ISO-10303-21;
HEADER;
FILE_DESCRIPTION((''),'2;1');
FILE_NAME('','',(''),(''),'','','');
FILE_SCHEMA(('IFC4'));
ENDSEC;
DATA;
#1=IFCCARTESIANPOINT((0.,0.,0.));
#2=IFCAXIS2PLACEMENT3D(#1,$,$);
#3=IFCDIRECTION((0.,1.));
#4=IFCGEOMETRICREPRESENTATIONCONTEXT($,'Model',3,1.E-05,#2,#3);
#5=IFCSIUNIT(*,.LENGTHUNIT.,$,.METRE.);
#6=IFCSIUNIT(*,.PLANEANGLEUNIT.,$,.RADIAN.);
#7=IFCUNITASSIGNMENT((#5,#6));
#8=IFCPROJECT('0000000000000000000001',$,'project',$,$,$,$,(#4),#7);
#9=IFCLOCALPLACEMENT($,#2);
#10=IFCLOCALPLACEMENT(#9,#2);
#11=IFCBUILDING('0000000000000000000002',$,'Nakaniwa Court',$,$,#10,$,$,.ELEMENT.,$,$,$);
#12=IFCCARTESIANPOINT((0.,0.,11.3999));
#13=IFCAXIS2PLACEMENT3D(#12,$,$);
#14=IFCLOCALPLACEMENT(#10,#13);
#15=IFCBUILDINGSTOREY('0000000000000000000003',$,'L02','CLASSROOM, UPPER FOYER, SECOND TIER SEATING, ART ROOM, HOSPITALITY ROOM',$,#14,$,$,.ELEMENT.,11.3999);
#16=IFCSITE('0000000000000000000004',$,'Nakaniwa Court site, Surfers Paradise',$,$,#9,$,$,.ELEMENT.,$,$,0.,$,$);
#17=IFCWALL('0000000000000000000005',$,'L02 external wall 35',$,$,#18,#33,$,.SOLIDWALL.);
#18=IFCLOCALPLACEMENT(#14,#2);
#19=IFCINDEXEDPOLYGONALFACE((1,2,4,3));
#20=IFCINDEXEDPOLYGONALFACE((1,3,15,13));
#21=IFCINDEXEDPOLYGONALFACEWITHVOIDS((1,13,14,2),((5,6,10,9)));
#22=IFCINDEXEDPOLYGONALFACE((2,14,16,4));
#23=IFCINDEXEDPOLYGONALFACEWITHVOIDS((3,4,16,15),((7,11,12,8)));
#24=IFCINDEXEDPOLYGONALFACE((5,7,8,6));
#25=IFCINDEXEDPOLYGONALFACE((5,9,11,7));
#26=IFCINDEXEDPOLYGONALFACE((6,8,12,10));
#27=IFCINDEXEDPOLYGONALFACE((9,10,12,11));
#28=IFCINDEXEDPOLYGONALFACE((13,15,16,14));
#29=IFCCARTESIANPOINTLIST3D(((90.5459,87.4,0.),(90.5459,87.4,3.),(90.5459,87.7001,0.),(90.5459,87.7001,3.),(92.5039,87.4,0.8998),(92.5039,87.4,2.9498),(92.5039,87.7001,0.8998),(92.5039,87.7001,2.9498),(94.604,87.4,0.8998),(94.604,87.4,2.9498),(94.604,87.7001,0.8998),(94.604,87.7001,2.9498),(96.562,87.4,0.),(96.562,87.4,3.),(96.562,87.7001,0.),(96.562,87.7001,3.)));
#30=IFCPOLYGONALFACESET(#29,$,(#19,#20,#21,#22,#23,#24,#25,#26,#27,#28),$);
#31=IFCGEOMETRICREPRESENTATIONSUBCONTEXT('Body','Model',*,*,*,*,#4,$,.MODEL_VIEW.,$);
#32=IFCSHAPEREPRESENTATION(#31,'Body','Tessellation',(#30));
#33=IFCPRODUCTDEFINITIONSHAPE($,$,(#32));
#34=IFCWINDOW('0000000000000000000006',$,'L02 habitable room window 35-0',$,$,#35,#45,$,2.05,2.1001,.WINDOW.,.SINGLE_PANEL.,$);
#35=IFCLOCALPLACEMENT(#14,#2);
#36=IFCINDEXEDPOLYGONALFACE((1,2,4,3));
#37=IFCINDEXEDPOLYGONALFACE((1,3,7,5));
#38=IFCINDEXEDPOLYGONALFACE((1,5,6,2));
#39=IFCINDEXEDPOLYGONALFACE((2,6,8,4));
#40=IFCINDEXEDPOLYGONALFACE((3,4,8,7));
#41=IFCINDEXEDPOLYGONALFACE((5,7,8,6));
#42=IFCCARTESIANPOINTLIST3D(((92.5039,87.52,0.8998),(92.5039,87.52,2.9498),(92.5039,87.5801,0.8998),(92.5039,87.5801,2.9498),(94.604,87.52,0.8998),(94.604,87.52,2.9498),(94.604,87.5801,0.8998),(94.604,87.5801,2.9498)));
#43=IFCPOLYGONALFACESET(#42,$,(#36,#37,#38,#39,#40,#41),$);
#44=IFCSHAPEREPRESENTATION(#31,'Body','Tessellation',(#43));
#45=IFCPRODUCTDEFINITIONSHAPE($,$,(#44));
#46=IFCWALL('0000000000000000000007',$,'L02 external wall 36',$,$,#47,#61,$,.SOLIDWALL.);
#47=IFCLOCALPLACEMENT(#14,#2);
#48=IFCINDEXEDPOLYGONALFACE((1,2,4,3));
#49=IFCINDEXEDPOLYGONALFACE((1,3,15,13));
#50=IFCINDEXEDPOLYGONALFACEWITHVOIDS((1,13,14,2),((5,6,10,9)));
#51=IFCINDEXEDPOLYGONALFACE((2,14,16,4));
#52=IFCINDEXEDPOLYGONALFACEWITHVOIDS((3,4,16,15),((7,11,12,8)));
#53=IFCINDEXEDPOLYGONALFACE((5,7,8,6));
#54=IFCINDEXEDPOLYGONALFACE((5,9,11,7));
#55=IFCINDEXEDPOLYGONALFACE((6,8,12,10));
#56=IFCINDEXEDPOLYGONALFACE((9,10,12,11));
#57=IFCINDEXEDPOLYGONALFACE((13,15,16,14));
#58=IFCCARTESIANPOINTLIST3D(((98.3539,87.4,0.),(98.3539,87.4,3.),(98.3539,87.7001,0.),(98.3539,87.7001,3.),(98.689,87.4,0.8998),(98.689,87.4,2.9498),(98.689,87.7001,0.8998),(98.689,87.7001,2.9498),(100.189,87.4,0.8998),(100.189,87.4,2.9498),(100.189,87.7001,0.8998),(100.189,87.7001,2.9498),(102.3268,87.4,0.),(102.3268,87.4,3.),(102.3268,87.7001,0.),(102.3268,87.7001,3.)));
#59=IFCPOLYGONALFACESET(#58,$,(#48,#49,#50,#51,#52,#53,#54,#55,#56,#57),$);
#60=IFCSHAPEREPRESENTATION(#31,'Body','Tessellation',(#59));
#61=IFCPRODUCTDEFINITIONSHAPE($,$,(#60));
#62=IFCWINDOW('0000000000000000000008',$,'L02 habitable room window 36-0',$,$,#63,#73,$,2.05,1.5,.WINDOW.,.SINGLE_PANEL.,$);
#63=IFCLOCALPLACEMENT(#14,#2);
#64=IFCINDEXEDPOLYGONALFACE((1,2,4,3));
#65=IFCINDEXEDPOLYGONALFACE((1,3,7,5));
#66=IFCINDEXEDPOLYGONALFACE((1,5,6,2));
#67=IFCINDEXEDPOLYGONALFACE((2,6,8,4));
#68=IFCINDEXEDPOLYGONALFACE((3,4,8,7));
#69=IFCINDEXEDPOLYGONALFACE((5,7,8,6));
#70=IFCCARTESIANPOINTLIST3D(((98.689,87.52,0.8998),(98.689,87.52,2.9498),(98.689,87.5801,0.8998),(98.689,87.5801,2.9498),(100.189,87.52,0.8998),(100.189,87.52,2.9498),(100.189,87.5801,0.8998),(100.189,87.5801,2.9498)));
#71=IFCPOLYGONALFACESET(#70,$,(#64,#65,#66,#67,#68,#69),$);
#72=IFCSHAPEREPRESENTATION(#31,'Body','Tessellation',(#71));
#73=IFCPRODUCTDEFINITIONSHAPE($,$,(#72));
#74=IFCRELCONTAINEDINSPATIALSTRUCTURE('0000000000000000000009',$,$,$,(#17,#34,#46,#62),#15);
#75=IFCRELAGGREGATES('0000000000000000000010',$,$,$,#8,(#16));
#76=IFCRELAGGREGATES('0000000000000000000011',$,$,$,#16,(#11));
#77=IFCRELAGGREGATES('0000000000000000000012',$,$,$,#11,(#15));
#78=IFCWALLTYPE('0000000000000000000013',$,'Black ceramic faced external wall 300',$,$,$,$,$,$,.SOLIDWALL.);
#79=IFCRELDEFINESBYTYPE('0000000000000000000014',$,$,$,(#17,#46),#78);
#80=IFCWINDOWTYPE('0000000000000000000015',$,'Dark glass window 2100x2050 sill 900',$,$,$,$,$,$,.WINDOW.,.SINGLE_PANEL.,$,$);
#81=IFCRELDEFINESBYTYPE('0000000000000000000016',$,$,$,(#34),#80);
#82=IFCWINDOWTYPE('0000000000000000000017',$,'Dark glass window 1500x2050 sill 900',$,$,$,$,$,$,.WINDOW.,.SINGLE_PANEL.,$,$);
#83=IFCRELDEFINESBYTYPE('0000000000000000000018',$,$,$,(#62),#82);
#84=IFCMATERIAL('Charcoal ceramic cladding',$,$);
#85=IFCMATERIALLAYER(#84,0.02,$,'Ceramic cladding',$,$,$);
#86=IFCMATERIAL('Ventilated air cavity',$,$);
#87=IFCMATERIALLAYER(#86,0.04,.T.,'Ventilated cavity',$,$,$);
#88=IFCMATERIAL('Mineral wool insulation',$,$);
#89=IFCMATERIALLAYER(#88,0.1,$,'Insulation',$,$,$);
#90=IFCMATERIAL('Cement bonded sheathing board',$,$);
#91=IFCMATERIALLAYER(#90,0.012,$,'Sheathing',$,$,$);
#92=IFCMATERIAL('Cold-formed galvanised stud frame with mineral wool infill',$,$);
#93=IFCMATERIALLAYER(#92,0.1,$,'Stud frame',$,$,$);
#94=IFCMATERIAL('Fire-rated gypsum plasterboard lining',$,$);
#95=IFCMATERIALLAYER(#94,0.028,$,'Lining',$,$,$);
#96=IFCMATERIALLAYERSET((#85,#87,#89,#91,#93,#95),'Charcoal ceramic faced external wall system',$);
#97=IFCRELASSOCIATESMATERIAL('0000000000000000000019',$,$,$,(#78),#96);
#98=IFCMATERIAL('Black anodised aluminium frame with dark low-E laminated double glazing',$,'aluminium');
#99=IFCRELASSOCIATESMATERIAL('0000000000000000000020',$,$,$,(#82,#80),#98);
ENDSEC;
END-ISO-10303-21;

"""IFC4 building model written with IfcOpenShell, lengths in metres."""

from ifc_helpers import new_model, si_unit, direction, frame, frame_2d, origin, place, context, subcontext, project, spatial, rectangle, extrude, material, layer, layer_set, type_object, element, fill, save


model = new_model("IFC4")

# Units and contexts
model_context = context("Model", 3, precision=1e-05, world=origin(), true_north=direction((0.0, 1.0)))
body_context = subcontext(model_context, "Body", "Model", "MODEL_VIEW")
ifc_project = project(units=[si_unit("LENGTHUNIT", "METRE"), si_unit("PLANEANGLEUNIT", "RADIAN")], contexts=[model_context])

# Site, building, storey
site_placement = place(None, origin())
site = spatial("IfcSite", under=ifc_project, at=site_placement, Name="Nakaniwa Court site, Surfers Paradise", CompositionType="ELEMENT", RefElevation=0.0)
building_placement = place(site_placement, origin())
building = spatial("IfcBuilding", under=site, at=building_placement, Name="Nakaniwa Court", CompositionType="ELEMENT")
storey_placement = place(building_placement, frame((0.0, 0.0, 11.3999)))
storey = spatial("IfcBuildingStorey", under=building, at=storey_placement, Name="L02", Description="CLASSROOM, UPPER FOYER, SECOND TIER SEATING, ART ROOM, HOSPITALITY ROOM", CompositionType="ELEMENT", Elevation=11.3999)

# Walls, openings, windows
ifc_material_1 = material(Name="Charcoal ceramic cladding")
ifc_layer_1 = layer(ifc_material_1, 0.02, Name="Ceramic cladding")
ifc_material_2 = material(Name="Ventilated air cavity")
ifc_layer_2 = layer(ifc_material_2, 0.04, ventilated=True, Name="Ventilated cavity")
ifc_material_3 = material(Name="Mineral wool insulation")
ifc_layer_3 = layer(ifc_material_3, 0.1, Name="Insulation")
ifc_material_4 = material(Name="Cement bonded sheathing board")
ifc_layer_4 = layer(ifc_material_4, 0.012, Name="Sheathing")
ifc_material_5 = material(Name="Cold-formed galvanised stud frame with mineral wool infill")
ifc_layer_5 = layer(ifc_material_5, 0.1, Name="Stud frame")
ifc_material_6 = material(Name="Fire-rated gypsum plasterboard lining")
ifc_layer_6 = layer(ifc_material_6, 0.028, Name="Lining")
ifc_layer_set_1 = layer_set([ifc_layer_1, ifc_layer_2, ifc_layer_3, ifc_layer_4, ifc_layer_5, ifc_layer_6], Name="Charcoal ceramic faced external wall system")
wall_type_1 = type_object("IfcWallType", Name="Black ceramic faced external wall 300", PredefinedType="SOLIDWALL", material=ifc_layer_set_1)
ifc_material_7 = material(Name="Black anodised aluminium frame with dark low-E laminated double glazing", Category="aluminium")
window_type_1 = type_object("IfcWindowType", Name="Dark glass window 1500x2050 sill 900", PartitioningType="SINGLE_PANEL", PredefinedType="WINDOW", material=ifc_material_7)
window_type_2 = type_object("IfcWindowType", Name="Dark glass window 2100x2050 sill 900", PartitioningType="SINGLE_PANEL", PredefinedType="WINDOW", material=ifc_material_7)
wall_1_placement = place(storey_placement, frame((90.5459, 87.55, 0.0), z_axis=(0.0, 0.0, 1.0), x_axis=(1.0, 0.0, 0.0)))
wall_1 = element("IfcWall", 1, at=wall_1_placement, inside=storey, type_object=wall_type_1, Name="L02 external wall 35", PredefinedType="SOLIDWALL", context=body_context, shape_type="SweptSolid", body=[
    extrude(rectangle(XDim=6.0161, YDim=0.3, at=frame_2d((3.0081, 0.0))), origin(), (0.0, 0.0, 1.0), 3.0),
])
opening_1_placement = place(wall_1_placement, frame((1.958, 0.0, 0.8999)))
opening_1 = element("IfcOpeningElement", 2, at=opening_1_placement, cuts=wall_1, PredefinedType="OPENING", context=body_context, shape_type="SweptSolid", body=[
    extrude(rectangle(XDim=2.1001, YDim=2.05, at=frame_2d((1.05, 1.0249))), frame((0.0, 0.1599, 0.0), z_axis=(0.0, -1.0, 0.0), x_axis=(1.0, 0.0, 0.0)), (0.0, 0.0, 1.0), 0.3201),
])
window_1_placement = place(opening_1_placement, origin())
window_1 = element("IfcWindow", 3, at=window_1_placement, inside=storey, type_object=window_type_2, Name="L02 habitable room window 35-0", OverallHeight=2.05, OverallWidth=2.1001, PartitioningType="SINGLE_PANEL", PredefinedType="WINDOW", context=body_context, shape_type="SweptSolid", body=[
    extrude(rectangle(XDim=2.1001, YDim=2.05, at=frame_2d((1.05, 1.0249))), frame((0.0, 0.03, 0.0), z_axis=(0.0, -1.0, 0.0), x_axis=(1.0, 0.0, 0.0)), (0.0, 0.0, 1.0), 0.0601),
])
fill(opening_1, window_1)
wall_2_placement = place(storey_placement, frame((98.354, 87.55, 0.0), z_axis=(0.0, 0.0, 1.0), x_axis=(1.0, 0.0, 0.0)))
wall_2 = element("IfcWall", 4, at=wall_2_placement, inside=storey, type_object=wall_type_1, Name="L02 external wall 36", PredefinedType="SOLIDWALL", context=body_context, shape_type="SweptSolid", body=[
    extrude(rectangle(XDim=3.9729, YDim=0.3, at=frame_2d((1.9863, 0.0))), origin(), (0.0, 0.0, 1.0), 3.0),
])
opening_2_placement = place(wall_2_placement, frame((0.335, 0.0, 0.8999)))
opening_2 = element("IfcOpeningElement", 5, at=opening_2_placement, cuts=wall_2, PredefinedType="OPENING", context=body_context, shape_type="SweptSolid", body=[
    extrude(rectangle(XDim=1.5, YDim=2.05, at=frame_2d((0.75, 1.0249))), frame((0.0, 0.1599, 0.0), z_axis=(0.0, -1.0, 0.0), x_axis=(1.0, 0.0, 0.0)), (0.0, 0.0, 1.0), 0.3201),
])
window_2_placement = place(opening_2_placement, origin())
window_2 = element("IfcWindow", 6, at=window_2_placement, inside=storey, type_object=window_type_1, Name="L02 habitable room window 36-0", OverallHeight=2.05, OverallWidth=1.5, PartitioningType="SINGLE_PANEL", PredefinedType="WINDOW", context=body_context, shape_type="SweptSolid", body=[
    extrude(rectangle(XDim=1.5, YDim=2.05, at=frame_2d((0.75, 1.0249))), frame((0.0, 0.03, 0.0), z_axis=(0.0, -1.0, 0.0), x_axis=(1.0, 0.0, 0.0)), (0.0, 0.0, 1.0), 0.0601),
])
fill(opening_2, window_2)

save(model, "model.ifc")
